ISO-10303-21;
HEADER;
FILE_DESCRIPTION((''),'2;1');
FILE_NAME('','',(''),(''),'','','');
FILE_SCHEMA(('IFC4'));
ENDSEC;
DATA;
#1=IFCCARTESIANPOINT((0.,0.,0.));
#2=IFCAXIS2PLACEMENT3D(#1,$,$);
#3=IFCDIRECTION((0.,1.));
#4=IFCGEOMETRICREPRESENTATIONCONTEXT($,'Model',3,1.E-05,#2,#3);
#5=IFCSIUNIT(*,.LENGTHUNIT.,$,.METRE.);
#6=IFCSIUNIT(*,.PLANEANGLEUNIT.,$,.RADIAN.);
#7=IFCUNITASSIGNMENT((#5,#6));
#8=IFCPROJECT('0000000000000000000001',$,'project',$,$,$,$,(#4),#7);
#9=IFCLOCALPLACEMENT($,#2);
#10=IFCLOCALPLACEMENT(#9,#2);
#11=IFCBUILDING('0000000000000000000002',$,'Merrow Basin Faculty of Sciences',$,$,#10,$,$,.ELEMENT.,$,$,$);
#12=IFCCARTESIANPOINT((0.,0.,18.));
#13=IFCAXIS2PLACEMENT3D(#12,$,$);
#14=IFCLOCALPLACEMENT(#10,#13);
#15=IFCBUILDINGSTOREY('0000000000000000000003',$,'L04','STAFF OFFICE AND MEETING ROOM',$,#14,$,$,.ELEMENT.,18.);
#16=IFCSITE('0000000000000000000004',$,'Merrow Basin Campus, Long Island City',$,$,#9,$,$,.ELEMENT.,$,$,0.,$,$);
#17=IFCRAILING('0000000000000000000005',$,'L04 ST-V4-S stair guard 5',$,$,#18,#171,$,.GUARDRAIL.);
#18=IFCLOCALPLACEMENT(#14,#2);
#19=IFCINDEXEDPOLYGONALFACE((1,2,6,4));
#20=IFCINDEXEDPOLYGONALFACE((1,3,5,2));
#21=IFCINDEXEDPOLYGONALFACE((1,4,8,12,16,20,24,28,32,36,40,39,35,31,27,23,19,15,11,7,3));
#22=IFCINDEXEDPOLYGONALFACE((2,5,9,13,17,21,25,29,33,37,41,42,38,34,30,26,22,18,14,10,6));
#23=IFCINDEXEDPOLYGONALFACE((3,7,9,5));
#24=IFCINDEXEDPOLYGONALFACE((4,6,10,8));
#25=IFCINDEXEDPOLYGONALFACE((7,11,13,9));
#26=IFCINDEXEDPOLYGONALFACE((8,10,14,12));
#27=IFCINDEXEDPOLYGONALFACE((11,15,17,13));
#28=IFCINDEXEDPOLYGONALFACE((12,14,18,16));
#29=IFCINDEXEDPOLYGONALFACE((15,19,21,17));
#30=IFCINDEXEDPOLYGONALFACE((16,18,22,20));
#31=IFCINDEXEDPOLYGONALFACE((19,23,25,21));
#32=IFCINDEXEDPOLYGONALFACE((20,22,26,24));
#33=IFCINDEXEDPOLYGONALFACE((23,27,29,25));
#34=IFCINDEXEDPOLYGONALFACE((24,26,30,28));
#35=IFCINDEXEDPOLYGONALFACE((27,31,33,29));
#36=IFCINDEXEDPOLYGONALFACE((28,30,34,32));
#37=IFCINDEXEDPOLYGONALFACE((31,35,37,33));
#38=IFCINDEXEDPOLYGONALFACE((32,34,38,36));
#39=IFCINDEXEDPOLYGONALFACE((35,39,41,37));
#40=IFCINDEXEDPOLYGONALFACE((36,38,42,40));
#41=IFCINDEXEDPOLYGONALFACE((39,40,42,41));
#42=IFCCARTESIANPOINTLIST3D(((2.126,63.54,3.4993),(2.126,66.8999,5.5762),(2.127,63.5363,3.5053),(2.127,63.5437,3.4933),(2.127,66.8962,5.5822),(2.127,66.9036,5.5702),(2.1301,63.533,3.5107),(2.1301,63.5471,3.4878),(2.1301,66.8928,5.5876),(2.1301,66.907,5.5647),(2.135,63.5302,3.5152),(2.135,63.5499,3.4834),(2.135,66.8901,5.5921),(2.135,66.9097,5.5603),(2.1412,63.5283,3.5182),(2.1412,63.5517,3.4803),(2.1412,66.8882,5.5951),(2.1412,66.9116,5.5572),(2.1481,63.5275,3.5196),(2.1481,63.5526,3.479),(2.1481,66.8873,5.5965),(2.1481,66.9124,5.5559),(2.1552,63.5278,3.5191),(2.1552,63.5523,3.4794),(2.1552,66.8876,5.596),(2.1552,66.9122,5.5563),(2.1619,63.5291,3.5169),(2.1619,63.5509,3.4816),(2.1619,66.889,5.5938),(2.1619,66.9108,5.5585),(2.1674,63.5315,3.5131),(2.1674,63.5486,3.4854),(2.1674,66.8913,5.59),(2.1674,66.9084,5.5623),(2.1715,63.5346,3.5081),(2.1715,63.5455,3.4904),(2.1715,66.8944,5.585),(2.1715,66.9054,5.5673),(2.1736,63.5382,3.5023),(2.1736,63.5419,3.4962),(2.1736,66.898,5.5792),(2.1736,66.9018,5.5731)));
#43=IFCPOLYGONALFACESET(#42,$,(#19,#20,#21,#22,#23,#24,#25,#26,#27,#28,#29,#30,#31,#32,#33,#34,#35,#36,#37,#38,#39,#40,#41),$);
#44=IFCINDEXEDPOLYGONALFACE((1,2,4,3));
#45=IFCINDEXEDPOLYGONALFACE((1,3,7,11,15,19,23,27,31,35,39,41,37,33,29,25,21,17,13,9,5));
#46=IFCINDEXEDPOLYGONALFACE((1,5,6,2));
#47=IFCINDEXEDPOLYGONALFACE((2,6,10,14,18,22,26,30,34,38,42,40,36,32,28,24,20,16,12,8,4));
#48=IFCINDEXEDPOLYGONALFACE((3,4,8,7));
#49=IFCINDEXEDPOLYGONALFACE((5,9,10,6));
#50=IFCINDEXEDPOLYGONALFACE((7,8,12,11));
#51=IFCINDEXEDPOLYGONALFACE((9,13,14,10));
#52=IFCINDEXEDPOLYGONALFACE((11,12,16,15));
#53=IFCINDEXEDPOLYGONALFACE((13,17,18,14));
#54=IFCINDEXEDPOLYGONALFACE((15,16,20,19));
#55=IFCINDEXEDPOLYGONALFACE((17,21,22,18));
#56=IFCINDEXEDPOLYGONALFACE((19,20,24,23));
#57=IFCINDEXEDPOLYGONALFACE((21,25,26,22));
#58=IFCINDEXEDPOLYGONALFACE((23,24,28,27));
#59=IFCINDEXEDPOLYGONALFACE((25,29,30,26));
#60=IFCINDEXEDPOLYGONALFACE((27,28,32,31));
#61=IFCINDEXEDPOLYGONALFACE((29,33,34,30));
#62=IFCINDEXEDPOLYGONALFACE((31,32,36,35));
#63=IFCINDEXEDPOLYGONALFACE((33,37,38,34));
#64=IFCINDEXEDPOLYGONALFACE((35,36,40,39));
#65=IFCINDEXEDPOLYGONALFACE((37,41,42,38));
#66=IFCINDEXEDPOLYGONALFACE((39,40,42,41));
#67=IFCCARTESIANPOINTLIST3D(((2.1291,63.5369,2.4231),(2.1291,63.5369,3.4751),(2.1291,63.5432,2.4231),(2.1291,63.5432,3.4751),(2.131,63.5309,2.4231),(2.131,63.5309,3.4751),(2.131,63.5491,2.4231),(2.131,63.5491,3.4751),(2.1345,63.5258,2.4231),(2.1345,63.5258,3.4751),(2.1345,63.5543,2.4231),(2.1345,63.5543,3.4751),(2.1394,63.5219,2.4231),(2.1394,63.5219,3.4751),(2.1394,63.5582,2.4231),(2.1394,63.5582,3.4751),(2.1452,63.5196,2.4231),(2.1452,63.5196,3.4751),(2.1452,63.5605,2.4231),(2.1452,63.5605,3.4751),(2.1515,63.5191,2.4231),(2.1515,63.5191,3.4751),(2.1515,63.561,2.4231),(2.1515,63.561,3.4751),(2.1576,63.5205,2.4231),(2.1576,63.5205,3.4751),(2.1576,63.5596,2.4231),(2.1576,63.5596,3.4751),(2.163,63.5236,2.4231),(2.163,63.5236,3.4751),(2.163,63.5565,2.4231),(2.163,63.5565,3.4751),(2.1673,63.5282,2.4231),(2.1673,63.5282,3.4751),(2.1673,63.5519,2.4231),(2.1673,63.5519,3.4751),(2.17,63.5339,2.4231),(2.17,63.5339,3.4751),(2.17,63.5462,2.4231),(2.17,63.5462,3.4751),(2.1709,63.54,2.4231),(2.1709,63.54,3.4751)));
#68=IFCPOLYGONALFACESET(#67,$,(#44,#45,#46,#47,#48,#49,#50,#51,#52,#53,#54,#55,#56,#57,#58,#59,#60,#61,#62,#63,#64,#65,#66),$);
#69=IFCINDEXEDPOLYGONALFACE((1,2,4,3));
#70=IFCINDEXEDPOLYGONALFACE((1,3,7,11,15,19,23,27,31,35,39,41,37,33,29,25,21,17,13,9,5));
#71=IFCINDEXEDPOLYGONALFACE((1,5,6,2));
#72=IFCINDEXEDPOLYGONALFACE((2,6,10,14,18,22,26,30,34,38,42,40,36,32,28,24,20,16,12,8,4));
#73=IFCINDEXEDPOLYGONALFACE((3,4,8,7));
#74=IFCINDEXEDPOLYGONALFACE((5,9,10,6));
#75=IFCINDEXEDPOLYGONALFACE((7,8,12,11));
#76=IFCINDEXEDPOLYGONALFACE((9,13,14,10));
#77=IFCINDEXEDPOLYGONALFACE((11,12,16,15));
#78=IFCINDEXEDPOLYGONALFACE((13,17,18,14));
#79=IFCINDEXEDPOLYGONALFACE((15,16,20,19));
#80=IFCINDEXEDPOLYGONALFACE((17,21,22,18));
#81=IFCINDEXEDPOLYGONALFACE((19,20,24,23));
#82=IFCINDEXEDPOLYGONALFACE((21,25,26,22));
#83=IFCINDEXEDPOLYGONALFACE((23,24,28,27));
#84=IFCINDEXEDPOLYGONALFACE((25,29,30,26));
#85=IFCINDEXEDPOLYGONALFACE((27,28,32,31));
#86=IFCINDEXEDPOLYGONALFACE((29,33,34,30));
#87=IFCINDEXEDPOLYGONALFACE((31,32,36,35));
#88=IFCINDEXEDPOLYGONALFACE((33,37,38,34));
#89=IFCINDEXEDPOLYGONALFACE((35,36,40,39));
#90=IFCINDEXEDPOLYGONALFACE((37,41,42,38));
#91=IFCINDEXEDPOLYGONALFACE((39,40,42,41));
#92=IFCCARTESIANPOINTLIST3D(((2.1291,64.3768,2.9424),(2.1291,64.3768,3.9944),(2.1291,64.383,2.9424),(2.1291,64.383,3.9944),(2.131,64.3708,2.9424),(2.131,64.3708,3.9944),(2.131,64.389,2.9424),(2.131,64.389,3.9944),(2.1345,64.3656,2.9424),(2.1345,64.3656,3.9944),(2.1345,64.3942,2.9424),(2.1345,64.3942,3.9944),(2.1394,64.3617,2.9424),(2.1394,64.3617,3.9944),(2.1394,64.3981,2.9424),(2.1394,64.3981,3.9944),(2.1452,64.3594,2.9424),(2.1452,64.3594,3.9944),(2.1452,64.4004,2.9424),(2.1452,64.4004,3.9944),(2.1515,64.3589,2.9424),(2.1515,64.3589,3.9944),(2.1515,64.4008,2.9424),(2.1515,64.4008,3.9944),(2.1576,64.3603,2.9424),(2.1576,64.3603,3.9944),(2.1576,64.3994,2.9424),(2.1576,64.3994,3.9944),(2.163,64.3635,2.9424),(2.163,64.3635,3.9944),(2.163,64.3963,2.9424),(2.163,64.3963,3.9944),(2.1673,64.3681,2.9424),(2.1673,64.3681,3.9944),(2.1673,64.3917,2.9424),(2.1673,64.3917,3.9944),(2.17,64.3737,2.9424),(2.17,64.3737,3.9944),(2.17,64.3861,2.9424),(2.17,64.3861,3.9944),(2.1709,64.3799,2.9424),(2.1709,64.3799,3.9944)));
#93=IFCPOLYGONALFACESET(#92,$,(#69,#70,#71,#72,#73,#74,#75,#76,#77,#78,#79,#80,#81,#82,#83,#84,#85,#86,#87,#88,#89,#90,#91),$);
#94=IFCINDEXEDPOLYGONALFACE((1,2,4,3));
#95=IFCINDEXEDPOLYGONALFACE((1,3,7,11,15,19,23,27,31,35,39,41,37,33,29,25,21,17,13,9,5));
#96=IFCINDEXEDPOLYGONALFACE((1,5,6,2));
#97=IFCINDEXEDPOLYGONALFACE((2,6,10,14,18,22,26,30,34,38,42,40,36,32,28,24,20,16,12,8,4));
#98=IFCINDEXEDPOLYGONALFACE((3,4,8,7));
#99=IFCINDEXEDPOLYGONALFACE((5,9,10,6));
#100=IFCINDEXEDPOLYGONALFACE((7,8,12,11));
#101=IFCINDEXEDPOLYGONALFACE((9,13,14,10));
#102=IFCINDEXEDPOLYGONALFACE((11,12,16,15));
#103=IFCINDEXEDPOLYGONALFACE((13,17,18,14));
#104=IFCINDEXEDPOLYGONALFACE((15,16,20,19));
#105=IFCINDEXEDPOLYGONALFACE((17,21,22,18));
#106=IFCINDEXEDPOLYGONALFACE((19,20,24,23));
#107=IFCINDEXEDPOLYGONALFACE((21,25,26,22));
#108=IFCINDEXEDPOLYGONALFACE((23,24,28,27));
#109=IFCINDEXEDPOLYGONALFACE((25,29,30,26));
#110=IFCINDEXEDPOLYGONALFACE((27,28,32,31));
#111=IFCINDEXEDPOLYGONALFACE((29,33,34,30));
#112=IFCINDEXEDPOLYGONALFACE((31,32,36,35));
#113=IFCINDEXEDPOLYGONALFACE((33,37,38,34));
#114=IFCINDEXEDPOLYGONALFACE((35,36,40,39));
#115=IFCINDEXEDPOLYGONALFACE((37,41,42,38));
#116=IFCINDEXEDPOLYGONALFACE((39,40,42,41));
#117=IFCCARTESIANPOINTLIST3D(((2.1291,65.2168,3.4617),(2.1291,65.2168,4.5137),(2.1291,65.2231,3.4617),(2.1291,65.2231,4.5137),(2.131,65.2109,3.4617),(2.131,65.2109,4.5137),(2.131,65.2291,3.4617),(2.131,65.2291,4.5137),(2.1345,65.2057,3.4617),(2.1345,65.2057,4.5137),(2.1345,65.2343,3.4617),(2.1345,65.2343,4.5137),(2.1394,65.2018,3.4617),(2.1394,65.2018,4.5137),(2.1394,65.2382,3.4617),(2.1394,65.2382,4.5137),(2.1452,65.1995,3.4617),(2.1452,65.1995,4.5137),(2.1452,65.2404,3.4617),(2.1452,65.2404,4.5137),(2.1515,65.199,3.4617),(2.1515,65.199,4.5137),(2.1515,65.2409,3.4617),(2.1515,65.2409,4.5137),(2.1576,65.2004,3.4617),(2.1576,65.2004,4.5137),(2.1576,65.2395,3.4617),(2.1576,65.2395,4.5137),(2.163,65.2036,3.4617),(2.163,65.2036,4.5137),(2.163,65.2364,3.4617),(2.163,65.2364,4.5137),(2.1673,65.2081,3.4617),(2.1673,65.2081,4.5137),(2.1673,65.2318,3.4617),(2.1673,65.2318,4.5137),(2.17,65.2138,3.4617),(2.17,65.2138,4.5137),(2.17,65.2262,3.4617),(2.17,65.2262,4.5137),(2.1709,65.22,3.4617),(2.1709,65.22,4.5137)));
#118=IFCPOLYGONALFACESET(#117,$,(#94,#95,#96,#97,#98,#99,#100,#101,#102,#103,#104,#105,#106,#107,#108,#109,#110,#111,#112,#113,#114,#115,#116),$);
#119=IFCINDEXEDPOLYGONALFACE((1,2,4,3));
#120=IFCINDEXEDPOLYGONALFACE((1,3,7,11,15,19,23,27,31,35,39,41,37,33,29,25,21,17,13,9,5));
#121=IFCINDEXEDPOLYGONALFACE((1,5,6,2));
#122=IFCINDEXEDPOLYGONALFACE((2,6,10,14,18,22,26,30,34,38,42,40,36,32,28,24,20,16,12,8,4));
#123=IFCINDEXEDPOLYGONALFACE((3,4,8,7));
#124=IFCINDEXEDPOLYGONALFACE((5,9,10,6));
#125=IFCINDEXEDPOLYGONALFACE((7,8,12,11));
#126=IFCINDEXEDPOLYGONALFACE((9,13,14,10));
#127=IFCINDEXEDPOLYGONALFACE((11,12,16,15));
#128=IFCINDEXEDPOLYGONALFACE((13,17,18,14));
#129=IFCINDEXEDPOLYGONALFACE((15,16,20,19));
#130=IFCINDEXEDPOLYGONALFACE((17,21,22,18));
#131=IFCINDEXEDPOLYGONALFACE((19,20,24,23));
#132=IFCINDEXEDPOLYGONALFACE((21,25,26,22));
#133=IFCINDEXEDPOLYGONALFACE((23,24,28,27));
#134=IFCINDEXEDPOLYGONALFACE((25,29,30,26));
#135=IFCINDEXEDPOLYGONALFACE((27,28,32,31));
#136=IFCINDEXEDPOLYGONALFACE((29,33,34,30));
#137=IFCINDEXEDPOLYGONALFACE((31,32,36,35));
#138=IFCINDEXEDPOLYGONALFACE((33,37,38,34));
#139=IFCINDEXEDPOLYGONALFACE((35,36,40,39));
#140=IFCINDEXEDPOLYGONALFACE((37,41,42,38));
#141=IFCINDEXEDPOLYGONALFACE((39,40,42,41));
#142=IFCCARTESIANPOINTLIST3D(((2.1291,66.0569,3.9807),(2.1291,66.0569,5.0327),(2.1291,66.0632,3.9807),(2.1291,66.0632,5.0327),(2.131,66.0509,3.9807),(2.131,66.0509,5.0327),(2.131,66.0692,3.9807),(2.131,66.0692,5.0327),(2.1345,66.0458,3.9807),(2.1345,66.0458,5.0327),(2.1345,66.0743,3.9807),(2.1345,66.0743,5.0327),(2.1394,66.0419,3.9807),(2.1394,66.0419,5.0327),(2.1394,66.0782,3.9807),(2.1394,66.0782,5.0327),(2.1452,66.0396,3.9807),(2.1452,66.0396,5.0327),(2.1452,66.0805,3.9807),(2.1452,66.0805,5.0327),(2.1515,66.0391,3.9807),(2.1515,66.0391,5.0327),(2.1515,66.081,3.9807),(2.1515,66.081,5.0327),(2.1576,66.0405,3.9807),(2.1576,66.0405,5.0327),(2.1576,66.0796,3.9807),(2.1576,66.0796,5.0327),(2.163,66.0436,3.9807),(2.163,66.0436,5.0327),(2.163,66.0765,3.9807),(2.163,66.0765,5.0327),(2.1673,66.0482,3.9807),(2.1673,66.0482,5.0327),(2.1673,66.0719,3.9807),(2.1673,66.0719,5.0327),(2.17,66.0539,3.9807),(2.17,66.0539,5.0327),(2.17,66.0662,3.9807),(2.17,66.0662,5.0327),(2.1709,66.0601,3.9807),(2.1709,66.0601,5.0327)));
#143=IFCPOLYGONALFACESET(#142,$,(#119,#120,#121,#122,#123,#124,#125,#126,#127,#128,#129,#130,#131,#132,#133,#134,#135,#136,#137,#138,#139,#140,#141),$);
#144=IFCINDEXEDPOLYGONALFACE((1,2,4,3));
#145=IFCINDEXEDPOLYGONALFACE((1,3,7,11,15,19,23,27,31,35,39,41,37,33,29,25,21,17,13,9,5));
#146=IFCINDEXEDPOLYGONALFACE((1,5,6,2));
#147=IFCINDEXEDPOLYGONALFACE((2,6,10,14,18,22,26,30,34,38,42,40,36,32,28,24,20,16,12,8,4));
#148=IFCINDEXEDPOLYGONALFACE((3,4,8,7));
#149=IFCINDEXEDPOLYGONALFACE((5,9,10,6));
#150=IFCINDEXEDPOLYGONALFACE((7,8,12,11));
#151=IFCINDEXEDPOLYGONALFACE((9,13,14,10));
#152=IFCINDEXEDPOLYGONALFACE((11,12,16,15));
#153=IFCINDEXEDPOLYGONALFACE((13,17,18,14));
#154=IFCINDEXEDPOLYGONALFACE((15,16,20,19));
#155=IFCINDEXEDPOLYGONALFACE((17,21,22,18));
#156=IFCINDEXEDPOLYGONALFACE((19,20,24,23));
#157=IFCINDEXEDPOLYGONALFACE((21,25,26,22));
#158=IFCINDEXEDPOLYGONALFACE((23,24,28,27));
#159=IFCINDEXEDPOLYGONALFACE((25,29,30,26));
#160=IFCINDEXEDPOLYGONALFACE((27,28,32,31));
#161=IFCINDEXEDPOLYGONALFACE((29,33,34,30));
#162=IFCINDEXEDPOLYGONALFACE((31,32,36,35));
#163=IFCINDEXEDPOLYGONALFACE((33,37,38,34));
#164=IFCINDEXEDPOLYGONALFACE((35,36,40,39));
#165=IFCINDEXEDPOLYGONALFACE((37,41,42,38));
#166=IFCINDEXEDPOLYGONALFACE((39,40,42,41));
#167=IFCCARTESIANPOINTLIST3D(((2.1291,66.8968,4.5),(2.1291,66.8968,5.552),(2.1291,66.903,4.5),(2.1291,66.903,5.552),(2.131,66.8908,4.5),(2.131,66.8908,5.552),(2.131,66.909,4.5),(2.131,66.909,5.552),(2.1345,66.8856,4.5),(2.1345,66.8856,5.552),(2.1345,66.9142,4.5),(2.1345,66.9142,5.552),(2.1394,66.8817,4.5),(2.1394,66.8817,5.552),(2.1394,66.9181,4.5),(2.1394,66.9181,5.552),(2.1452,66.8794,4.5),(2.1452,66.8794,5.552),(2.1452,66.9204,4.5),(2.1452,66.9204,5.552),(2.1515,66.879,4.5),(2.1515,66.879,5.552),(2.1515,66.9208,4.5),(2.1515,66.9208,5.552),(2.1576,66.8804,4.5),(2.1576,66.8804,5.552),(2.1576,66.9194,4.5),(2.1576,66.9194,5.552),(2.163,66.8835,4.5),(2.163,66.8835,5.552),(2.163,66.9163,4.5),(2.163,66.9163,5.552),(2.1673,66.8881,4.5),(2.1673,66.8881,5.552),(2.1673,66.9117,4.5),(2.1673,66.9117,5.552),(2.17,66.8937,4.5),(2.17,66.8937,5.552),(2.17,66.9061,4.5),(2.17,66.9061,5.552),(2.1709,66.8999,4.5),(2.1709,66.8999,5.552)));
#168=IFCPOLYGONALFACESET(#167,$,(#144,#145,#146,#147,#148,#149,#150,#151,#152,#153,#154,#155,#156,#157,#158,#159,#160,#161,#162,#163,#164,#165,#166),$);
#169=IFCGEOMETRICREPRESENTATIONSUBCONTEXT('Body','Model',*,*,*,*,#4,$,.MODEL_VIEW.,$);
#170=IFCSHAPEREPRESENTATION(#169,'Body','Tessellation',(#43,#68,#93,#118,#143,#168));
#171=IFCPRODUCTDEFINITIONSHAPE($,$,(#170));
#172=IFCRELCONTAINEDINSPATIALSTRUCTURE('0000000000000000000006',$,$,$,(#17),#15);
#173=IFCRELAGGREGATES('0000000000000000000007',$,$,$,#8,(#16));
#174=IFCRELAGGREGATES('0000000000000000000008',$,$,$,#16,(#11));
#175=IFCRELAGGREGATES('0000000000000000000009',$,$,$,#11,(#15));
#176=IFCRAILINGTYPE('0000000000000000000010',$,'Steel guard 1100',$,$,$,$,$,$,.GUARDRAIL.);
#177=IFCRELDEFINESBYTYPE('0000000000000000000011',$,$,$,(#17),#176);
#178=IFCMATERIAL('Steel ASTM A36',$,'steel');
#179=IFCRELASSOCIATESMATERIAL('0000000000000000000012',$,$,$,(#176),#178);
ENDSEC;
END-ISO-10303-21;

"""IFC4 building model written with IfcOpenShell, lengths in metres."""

from ifc_helpers import new_model, si_unit, direction, frame, origin, origin_2d, place, context, subcontext, project, spatial, circle, extrude, material, type_object, element, save


model = new_model("IFC4")

# Units and contexts
model_context = context("Model", 3, precision=1e-05, world=origin(), true_north=direction((0.0, 1.0)))
body_context = subcontext(model_context, "Body", "Model", "MODEL_VIEW")
ifc_project = project(units=[si_unit("LENGTHUNIT", "METRE"), si_unit("PLANEANGLEUNIT", "RADIAN")], contexts=[model_context])

# Site, building, storey
site_placement = place(None, origin())
site = spatial("IfcSite", under=ifc_project, at=site_placement, Name="Merrow Basin Campus, Long Island City", CompositionType="ELEMENT", RefElevation=0.0)
building_placement = place(site_placement, origin())
building = spatial("IfcBuilding", under=site, at=building_placement, Name="Merrow Basin Faculty of Sciences", CompositionType="ELEMENT")
storey_placement = place(building_placement, frame((0.0, 0.0, 18.0)))
storey = spatial("IfcBuildingStorey", under=building, at=storey_placement, Name="L04", Description="STAFF OFFICE AND MEETING ROOM", CompositionType="ELEMENT", Elevation=18.0)

# Railing
ifc_material_1 = material(Name="Steel ASTM A36", Category="steel")
railing_type_1 = type_object("IfcRailingType", Name="Steel guard 1100", PredefinedType="GUARDRAIL", material=ifc_material_1)
railing_1_placement = place(storey_placement, frame((2.1499, 63.54, 2.4231)))
element("IfcRailing", 1, at=railing_1_placement, inside=storey, type_object=railing_type_1, Name="L04 ST-V4-S stair guard 5", PredefinedType="GUARDRAIL", context=body_context, shape_type="SweptSolid", body=[
    extrude(circle(Radius=0.0239, at=origin_2d()), frame((0.0, 0.0, 1.0762), z_axis=(0.0, 0.850606, 0.525803), x_axis=(-1.0, 0.0, 0.0)), (0.0, 0.0, 1.0), 3.95),
    extrude(circle(Radius=0.021, at=origin_2d()), origin(), (0.0, 0.0, 1.0), 1.052),
    extrude(circle(Radius=0.021, at=origin_2d()), frame((0.0, 0.8398, 0.5193)), (0.0, 0.0, 1.0), 1.052),
    extrude(circle(Radius=0.021, at=origin_2d()), frame((0.0, 1.6799, 1.0386)), (0.0, 0.0, 1.0), 1.052),
    extrude(circle(Radius=0.021, at=origin_2d()), frame((0.0, 2.52, 1.5576)), (0.0, 0.0, 1.0), 1.052),
    extrude(circle(Radius=0.021, at=origin_2d()), frame((0.0, 3.3599, 2.0769)), (0.0, 0.0, 1.0), 1.052),
])

save(model, "model.ifc")
